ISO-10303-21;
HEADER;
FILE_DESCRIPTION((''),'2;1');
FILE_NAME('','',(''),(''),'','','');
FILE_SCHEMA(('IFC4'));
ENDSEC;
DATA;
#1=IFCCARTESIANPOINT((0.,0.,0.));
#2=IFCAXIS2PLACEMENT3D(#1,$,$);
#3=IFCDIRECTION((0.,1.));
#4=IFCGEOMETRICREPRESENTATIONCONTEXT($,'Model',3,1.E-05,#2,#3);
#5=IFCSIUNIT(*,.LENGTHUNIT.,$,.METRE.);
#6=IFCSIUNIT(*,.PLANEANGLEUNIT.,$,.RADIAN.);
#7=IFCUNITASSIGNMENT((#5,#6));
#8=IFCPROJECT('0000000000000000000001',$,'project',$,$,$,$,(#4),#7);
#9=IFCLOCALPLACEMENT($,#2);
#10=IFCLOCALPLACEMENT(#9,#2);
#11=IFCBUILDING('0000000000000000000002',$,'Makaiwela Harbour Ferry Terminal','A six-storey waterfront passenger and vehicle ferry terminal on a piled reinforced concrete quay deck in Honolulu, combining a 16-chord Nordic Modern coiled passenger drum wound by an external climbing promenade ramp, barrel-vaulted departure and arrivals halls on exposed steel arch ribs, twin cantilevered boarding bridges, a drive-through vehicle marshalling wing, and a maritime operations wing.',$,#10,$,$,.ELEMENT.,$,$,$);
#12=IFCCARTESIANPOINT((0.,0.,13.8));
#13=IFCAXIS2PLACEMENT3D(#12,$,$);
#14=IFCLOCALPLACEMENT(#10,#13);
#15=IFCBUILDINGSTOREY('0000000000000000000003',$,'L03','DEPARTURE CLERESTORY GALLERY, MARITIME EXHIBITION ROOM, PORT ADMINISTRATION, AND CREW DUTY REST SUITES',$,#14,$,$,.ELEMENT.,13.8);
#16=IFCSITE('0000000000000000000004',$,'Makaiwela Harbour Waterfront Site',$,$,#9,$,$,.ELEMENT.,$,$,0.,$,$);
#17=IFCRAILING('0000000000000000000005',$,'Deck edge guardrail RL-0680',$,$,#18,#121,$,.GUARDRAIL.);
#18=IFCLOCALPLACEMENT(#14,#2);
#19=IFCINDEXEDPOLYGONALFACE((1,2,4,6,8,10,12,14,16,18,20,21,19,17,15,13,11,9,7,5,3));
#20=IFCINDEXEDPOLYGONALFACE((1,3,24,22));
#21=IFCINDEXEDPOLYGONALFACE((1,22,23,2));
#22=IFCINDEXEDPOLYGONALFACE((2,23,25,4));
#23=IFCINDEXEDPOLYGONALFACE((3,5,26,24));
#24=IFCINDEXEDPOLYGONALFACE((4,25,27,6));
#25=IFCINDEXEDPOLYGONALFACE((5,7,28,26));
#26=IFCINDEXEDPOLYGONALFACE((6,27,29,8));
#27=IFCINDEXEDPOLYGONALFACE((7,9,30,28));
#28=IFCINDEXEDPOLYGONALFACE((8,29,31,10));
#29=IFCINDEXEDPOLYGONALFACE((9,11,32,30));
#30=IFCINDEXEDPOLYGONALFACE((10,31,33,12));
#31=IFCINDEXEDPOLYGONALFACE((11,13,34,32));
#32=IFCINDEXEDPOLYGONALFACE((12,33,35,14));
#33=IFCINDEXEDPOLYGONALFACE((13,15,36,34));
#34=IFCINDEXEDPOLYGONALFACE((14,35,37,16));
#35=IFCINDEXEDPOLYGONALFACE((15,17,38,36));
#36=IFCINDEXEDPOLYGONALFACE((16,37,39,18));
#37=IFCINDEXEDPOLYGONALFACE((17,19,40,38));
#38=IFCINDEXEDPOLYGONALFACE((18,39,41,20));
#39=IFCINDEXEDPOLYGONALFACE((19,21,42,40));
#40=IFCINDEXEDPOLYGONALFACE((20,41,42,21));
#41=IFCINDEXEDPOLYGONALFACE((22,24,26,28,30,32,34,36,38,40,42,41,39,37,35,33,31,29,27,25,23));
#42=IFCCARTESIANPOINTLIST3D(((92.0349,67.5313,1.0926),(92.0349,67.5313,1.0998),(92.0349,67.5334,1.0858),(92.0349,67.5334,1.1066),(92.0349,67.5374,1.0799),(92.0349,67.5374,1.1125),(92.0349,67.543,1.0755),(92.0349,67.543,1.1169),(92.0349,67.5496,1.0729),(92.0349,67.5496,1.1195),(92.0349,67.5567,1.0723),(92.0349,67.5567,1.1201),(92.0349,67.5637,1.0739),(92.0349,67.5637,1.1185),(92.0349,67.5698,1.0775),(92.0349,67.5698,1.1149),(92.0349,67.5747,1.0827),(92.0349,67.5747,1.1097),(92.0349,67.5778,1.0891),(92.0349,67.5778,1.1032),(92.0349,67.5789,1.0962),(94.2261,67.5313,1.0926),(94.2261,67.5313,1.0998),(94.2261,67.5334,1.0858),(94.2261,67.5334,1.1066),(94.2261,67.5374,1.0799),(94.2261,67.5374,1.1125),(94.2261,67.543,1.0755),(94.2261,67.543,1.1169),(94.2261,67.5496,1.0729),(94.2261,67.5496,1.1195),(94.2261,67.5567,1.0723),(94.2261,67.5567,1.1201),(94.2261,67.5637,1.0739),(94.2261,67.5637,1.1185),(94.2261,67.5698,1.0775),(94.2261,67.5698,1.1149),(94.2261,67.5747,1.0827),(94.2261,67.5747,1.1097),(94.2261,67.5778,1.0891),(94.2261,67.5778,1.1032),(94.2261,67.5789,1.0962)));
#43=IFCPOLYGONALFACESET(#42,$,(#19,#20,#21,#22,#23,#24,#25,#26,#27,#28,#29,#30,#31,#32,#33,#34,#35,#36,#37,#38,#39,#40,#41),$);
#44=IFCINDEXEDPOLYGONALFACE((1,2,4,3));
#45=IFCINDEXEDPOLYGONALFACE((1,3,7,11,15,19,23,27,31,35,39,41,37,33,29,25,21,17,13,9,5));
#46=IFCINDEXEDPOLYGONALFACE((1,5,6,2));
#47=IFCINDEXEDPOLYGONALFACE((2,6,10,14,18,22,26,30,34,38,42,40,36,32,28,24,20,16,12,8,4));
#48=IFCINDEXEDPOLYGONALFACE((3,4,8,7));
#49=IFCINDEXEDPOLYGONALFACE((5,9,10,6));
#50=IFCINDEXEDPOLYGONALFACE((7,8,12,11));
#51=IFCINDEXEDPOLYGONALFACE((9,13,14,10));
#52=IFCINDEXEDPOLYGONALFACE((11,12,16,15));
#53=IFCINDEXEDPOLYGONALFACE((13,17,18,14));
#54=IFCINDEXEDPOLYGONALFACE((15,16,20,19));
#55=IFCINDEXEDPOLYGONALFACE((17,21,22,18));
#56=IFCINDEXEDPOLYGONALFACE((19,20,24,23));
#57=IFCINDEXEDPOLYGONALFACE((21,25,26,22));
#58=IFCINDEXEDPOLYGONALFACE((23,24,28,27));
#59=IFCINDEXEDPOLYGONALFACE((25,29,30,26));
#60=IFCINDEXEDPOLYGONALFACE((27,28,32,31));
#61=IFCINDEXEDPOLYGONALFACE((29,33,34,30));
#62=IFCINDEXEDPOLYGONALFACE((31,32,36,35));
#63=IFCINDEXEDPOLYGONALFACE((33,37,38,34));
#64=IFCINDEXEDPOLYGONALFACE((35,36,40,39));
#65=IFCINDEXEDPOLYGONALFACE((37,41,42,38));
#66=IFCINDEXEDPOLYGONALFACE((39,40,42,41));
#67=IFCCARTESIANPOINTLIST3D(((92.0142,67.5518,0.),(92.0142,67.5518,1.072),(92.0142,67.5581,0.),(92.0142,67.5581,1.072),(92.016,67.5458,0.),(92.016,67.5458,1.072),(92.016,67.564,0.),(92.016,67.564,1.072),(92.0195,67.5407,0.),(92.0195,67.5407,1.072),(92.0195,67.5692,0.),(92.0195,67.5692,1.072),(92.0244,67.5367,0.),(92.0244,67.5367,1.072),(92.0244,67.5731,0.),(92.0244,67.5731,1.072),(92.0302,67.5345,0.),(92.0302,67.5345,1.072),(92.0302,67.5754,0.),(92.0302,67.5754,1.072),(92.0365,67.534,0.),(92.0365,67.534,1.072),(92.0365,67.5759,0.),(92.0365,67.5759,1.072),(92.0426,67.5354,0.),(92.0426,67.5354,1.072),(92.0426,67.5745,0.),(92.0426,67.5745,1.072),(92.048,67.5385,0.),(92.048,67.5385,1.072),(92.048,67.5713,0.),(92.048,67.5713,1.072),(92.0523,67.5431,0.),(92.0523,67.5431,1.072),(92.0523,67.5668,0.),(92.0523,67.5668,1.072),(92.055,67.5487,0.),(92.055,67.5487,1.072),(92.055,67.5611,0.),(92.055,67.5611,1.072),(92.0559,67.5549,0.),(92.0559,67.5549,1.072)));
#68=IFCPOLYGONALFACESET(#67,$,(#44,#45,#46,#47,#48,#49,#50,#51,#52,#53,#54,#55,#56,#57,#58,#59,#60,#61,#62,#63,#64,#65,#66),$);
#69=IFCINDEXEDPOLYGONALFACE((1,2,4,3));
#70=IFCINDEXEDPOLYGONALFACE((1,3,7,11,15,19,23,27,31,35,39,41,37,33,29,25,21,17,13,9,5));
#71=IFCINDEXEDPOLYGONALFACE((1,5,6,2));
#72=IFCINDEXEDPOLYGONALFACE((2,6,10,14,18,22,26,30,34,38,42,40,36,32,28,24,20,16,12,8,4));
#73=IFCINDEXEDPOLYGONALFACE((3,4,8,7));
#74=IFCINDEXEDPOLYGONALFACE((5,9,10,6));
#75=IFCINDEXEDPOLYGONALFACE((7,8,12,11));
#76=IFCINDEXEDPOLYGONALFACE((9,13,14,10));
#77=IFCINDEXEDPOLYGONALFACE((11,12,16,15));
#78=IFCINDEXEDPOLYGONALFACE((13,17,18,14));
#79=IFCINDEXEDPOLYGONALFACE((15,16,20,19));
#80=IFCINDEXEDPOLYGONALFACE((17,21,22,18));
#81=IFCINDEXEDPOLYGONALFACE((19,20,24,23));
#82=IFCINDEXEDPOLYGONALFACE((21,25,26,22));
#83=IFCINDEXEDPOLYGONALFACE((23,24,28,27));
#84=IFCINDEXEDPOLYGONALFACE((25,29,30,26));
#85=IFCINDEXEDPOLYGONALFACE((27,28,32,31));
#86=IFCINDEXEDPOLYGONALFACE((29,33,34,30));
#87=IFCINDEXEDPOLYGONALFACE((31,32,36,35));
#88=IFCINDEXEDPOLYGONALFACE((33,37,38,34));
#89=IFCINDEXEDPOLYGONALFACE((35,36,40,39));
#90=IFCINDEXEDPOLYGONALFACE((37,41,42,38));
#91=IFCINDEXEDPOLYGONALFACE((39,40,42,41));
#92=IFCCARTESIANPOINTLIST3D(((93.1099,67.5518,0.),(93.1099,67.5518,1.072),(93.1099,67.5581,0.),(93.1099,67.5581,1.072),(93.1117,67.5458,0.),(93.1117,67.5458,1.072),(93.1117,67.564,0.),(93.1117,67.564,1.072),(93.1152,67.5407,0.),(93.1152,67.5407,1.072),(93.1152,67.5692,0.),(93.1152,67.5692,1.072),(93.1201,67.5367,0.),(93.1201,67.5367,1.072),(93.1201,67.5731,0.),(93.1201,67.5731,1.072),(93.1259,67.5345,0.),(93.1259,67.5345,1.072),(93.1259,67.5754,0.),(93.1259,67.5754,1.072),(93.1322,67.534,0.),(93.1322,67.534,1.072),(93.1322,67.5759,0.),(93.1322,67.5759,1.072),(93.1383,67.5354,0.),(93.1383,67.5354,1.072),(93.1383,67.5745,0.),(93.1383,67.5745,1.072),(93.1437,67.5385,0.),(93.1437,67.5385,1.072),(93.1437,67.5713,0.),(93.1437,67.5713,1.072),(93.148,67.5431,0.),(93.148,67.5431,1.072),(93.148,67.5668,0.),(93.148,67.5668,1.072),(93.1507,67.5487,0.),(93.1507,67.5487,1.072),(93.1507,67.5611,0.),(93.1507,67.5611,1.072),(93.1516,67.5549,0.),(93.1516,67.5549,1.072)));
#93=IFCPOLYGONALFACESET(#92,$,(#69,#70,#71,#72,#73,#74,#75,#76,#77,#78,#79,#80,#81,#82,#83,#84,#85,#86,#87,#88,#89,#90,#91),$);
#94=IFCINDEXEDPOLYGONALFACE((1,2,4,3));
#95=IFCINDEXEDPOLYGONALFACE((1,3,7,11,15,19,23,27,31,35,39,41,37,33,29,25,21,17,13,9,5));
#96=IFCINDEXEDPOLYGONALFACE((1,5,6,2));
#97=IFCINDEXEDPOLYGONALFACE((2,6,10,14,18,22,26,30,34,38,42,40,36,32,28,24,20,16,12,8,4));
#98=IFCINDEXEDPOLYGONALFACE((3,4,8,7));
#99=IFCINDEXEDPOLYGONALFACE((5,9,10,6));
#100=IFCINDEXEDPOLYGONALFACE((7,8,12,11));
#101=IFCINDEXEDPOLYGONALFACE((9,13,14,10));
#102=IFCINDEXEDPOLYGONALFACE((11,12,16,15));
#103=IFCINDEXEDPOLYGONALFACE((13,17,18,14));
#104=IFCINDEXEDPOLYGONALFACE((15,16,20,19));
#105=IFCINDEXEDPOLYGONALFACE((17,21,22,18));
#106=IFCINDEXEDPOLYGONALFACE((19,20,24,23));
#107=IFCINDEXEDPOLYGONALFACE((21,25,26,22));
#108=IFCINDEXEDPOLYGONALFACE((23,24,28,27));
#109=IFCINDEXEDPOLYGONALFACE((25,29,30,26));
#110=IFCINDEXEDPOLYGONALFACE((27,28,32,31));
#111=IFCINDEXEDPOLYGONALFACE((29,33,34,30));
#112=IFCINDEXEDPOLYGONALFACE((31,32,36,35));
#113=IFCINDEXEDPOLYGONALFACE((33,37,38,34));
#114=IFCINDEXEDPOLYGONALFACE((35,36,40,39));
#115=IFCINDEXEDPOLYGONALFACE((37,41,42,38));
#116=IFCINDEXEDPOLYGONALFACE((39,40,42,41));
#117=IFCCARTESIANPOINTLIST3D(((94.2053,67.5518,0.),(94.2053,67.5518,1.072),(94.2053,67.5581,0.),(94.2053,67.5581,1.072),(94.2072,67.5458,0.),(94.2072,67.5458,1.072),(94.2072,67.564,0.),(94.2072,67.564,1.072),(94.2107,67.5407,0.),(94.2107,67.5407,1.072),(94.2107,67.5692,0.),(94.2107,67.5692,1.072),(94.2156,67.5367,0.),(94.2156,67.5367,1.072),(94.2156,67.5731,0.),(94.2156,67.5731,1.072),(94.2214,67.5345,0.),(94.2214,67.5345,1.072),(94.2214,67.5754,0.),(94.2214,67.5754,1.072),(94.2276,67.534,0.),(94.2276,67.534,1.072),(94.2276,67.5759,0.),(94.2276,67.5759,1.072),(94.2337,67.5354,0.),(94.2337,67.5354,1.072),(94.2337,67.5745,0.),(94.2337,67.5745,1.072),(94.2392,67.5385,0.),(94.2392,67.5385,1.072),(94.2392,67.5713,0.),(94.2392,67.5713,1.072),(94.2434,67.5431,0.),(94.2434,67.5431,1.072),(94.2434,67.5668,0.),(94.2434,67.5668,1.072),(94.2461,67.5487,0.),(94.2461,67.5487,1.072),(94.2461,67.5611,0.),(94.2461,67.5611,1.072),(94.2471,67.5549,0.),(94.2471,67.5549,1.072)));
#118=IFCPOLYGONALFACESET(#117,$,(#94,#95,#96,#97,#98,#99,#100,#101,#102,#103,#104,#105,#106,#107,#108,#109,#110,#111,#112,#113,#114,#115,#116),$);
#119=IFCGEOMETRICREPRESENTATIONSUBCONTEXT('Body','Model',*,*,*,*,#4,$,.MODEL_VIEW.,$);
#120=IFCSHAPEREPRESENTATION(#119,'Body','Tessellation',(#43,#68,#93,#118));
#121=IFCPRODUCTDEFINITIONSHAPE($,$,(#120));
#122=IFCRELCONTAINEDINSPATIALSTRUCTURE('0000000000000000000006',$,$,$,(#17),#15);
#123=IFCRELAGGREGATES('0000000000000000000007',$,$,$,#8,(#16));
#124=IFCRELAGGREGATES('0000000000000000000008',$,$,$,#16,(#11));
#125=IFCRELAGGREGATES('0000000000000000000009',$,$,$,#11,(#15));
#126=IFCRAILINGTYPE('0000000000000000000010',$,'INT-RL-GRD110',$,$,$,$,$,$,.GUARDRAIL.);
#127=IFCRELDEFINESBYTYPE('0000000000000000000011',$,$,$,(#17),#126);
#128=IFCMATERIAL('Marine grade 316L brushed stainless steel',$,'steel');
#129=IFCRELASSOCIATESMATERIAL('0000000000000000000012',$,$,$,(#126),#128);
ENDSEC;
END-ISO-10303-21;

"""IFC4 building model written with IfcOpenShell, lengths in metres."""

from ifc_helpers import new_model, si_unit, direction, frame, origin, origin_2d, place, context, subcontext, project, spatial, circle, extrude, material, type_object, element, save


model = new_model("IFC4")

# Units and contexts
model_context = context("Model", 3, precision=1e-05, world=origin(), true_north=direction((0.0, 1.0)))
body_context = subcontext(model_context, "Body", "Model", "MODEL_VIEW")
ifc_project = project(units=[si_unit("LENGTHUNIT", "METRE"), si_unit("PLANEANGLEUNIT", "RADIAN")], contexts=[model_context])

# Site, building, storey
site_placement = place(None, origin())
site = spatial("IfcSite", under=ifc_project, at=site_placement, Name="Makaiwela Harbour Waterfront Site", CompositionType="ELEMENT", RefElevation=0.0)
building_placement = place(site_placement, origin())
building = spatial("IfcBuilding", under=site, at=building_placement, Name="Makaiwela Harbour Ferry Terminal", Description="A six-storey waterfront passenger and vehicle ferry terminal on a piled reinforced concrete quay deck in Honolulu, combining a 16-chord Nordic Modern coiled passenger drum wound by an external climbing promenade ramp, barrel-vaulted departure and arrivals halls on exposed steel arch ribs, twin cantilevered boarding bridges, a drive-through vehicle marshalling wing, and a maritime operations wing.", CompositionType="ELEMENT")
storey_placement = place(building_placement, frame((0.0, 0.0, 13.8)))
storey = spatial("IfcBuildingStorey", under=building, at=storey_placement, Name="L03", Description="DEPARTURE CLERESTORY GALLERY, MARITIME EXHIBITION ROOM, PORT ADMINISTRATION, AND CREW DUTY REST SUITES", CompositionType="ELEMENT", Elevation=13.8)

# Railing
ifc_material_1 = material(Name="Marine grade 316L brushed stainless steel", Category="steel")
railing_type = type_object("IfcRailingType", Name="INT-RL-GRD110", PredefinedType="GUARDRAIL", material=ifc_material_1)
railing_1_placement = place(storey_placement, frame((92.0349, 67.5549, 0.0)))
element("IfcRailing", 1, at=railing_1_placement, inside=storey, type_object=railing_type, Name="Deck edge guardrail RL-0680", PredefinedType="GUARDRAIL", context=body_context, shape_type="SweptSolid", body=[
    extrude(circle(Radius=0.0239, at=origin_2d()), frame((0.0, 0.0, 1.0962), z_axis=(1.0, 0.0, 0.0), x_axis=(0.0, 1.0, 0.0)), (0.0, 0.0, 1.0), 2.1912),
    extrude(circle(Radius=0.021, at=origin_2d()), origin(), (0.0, 0.0, 1.0), 1.072),
    extrude(circle(Radius=0.021, at=origin_2d()), frame((1.0957, 0.0, 0.0)), (0.0, 0.0, 1.0), 1.072),
    extrude(circle(Radius=0.021, at=origin_2d()), frame((2.1912, 0.0, 0.0)), (0.0, 0.0, 1.0), 1.072),
])

save(model, "model.ifc")
